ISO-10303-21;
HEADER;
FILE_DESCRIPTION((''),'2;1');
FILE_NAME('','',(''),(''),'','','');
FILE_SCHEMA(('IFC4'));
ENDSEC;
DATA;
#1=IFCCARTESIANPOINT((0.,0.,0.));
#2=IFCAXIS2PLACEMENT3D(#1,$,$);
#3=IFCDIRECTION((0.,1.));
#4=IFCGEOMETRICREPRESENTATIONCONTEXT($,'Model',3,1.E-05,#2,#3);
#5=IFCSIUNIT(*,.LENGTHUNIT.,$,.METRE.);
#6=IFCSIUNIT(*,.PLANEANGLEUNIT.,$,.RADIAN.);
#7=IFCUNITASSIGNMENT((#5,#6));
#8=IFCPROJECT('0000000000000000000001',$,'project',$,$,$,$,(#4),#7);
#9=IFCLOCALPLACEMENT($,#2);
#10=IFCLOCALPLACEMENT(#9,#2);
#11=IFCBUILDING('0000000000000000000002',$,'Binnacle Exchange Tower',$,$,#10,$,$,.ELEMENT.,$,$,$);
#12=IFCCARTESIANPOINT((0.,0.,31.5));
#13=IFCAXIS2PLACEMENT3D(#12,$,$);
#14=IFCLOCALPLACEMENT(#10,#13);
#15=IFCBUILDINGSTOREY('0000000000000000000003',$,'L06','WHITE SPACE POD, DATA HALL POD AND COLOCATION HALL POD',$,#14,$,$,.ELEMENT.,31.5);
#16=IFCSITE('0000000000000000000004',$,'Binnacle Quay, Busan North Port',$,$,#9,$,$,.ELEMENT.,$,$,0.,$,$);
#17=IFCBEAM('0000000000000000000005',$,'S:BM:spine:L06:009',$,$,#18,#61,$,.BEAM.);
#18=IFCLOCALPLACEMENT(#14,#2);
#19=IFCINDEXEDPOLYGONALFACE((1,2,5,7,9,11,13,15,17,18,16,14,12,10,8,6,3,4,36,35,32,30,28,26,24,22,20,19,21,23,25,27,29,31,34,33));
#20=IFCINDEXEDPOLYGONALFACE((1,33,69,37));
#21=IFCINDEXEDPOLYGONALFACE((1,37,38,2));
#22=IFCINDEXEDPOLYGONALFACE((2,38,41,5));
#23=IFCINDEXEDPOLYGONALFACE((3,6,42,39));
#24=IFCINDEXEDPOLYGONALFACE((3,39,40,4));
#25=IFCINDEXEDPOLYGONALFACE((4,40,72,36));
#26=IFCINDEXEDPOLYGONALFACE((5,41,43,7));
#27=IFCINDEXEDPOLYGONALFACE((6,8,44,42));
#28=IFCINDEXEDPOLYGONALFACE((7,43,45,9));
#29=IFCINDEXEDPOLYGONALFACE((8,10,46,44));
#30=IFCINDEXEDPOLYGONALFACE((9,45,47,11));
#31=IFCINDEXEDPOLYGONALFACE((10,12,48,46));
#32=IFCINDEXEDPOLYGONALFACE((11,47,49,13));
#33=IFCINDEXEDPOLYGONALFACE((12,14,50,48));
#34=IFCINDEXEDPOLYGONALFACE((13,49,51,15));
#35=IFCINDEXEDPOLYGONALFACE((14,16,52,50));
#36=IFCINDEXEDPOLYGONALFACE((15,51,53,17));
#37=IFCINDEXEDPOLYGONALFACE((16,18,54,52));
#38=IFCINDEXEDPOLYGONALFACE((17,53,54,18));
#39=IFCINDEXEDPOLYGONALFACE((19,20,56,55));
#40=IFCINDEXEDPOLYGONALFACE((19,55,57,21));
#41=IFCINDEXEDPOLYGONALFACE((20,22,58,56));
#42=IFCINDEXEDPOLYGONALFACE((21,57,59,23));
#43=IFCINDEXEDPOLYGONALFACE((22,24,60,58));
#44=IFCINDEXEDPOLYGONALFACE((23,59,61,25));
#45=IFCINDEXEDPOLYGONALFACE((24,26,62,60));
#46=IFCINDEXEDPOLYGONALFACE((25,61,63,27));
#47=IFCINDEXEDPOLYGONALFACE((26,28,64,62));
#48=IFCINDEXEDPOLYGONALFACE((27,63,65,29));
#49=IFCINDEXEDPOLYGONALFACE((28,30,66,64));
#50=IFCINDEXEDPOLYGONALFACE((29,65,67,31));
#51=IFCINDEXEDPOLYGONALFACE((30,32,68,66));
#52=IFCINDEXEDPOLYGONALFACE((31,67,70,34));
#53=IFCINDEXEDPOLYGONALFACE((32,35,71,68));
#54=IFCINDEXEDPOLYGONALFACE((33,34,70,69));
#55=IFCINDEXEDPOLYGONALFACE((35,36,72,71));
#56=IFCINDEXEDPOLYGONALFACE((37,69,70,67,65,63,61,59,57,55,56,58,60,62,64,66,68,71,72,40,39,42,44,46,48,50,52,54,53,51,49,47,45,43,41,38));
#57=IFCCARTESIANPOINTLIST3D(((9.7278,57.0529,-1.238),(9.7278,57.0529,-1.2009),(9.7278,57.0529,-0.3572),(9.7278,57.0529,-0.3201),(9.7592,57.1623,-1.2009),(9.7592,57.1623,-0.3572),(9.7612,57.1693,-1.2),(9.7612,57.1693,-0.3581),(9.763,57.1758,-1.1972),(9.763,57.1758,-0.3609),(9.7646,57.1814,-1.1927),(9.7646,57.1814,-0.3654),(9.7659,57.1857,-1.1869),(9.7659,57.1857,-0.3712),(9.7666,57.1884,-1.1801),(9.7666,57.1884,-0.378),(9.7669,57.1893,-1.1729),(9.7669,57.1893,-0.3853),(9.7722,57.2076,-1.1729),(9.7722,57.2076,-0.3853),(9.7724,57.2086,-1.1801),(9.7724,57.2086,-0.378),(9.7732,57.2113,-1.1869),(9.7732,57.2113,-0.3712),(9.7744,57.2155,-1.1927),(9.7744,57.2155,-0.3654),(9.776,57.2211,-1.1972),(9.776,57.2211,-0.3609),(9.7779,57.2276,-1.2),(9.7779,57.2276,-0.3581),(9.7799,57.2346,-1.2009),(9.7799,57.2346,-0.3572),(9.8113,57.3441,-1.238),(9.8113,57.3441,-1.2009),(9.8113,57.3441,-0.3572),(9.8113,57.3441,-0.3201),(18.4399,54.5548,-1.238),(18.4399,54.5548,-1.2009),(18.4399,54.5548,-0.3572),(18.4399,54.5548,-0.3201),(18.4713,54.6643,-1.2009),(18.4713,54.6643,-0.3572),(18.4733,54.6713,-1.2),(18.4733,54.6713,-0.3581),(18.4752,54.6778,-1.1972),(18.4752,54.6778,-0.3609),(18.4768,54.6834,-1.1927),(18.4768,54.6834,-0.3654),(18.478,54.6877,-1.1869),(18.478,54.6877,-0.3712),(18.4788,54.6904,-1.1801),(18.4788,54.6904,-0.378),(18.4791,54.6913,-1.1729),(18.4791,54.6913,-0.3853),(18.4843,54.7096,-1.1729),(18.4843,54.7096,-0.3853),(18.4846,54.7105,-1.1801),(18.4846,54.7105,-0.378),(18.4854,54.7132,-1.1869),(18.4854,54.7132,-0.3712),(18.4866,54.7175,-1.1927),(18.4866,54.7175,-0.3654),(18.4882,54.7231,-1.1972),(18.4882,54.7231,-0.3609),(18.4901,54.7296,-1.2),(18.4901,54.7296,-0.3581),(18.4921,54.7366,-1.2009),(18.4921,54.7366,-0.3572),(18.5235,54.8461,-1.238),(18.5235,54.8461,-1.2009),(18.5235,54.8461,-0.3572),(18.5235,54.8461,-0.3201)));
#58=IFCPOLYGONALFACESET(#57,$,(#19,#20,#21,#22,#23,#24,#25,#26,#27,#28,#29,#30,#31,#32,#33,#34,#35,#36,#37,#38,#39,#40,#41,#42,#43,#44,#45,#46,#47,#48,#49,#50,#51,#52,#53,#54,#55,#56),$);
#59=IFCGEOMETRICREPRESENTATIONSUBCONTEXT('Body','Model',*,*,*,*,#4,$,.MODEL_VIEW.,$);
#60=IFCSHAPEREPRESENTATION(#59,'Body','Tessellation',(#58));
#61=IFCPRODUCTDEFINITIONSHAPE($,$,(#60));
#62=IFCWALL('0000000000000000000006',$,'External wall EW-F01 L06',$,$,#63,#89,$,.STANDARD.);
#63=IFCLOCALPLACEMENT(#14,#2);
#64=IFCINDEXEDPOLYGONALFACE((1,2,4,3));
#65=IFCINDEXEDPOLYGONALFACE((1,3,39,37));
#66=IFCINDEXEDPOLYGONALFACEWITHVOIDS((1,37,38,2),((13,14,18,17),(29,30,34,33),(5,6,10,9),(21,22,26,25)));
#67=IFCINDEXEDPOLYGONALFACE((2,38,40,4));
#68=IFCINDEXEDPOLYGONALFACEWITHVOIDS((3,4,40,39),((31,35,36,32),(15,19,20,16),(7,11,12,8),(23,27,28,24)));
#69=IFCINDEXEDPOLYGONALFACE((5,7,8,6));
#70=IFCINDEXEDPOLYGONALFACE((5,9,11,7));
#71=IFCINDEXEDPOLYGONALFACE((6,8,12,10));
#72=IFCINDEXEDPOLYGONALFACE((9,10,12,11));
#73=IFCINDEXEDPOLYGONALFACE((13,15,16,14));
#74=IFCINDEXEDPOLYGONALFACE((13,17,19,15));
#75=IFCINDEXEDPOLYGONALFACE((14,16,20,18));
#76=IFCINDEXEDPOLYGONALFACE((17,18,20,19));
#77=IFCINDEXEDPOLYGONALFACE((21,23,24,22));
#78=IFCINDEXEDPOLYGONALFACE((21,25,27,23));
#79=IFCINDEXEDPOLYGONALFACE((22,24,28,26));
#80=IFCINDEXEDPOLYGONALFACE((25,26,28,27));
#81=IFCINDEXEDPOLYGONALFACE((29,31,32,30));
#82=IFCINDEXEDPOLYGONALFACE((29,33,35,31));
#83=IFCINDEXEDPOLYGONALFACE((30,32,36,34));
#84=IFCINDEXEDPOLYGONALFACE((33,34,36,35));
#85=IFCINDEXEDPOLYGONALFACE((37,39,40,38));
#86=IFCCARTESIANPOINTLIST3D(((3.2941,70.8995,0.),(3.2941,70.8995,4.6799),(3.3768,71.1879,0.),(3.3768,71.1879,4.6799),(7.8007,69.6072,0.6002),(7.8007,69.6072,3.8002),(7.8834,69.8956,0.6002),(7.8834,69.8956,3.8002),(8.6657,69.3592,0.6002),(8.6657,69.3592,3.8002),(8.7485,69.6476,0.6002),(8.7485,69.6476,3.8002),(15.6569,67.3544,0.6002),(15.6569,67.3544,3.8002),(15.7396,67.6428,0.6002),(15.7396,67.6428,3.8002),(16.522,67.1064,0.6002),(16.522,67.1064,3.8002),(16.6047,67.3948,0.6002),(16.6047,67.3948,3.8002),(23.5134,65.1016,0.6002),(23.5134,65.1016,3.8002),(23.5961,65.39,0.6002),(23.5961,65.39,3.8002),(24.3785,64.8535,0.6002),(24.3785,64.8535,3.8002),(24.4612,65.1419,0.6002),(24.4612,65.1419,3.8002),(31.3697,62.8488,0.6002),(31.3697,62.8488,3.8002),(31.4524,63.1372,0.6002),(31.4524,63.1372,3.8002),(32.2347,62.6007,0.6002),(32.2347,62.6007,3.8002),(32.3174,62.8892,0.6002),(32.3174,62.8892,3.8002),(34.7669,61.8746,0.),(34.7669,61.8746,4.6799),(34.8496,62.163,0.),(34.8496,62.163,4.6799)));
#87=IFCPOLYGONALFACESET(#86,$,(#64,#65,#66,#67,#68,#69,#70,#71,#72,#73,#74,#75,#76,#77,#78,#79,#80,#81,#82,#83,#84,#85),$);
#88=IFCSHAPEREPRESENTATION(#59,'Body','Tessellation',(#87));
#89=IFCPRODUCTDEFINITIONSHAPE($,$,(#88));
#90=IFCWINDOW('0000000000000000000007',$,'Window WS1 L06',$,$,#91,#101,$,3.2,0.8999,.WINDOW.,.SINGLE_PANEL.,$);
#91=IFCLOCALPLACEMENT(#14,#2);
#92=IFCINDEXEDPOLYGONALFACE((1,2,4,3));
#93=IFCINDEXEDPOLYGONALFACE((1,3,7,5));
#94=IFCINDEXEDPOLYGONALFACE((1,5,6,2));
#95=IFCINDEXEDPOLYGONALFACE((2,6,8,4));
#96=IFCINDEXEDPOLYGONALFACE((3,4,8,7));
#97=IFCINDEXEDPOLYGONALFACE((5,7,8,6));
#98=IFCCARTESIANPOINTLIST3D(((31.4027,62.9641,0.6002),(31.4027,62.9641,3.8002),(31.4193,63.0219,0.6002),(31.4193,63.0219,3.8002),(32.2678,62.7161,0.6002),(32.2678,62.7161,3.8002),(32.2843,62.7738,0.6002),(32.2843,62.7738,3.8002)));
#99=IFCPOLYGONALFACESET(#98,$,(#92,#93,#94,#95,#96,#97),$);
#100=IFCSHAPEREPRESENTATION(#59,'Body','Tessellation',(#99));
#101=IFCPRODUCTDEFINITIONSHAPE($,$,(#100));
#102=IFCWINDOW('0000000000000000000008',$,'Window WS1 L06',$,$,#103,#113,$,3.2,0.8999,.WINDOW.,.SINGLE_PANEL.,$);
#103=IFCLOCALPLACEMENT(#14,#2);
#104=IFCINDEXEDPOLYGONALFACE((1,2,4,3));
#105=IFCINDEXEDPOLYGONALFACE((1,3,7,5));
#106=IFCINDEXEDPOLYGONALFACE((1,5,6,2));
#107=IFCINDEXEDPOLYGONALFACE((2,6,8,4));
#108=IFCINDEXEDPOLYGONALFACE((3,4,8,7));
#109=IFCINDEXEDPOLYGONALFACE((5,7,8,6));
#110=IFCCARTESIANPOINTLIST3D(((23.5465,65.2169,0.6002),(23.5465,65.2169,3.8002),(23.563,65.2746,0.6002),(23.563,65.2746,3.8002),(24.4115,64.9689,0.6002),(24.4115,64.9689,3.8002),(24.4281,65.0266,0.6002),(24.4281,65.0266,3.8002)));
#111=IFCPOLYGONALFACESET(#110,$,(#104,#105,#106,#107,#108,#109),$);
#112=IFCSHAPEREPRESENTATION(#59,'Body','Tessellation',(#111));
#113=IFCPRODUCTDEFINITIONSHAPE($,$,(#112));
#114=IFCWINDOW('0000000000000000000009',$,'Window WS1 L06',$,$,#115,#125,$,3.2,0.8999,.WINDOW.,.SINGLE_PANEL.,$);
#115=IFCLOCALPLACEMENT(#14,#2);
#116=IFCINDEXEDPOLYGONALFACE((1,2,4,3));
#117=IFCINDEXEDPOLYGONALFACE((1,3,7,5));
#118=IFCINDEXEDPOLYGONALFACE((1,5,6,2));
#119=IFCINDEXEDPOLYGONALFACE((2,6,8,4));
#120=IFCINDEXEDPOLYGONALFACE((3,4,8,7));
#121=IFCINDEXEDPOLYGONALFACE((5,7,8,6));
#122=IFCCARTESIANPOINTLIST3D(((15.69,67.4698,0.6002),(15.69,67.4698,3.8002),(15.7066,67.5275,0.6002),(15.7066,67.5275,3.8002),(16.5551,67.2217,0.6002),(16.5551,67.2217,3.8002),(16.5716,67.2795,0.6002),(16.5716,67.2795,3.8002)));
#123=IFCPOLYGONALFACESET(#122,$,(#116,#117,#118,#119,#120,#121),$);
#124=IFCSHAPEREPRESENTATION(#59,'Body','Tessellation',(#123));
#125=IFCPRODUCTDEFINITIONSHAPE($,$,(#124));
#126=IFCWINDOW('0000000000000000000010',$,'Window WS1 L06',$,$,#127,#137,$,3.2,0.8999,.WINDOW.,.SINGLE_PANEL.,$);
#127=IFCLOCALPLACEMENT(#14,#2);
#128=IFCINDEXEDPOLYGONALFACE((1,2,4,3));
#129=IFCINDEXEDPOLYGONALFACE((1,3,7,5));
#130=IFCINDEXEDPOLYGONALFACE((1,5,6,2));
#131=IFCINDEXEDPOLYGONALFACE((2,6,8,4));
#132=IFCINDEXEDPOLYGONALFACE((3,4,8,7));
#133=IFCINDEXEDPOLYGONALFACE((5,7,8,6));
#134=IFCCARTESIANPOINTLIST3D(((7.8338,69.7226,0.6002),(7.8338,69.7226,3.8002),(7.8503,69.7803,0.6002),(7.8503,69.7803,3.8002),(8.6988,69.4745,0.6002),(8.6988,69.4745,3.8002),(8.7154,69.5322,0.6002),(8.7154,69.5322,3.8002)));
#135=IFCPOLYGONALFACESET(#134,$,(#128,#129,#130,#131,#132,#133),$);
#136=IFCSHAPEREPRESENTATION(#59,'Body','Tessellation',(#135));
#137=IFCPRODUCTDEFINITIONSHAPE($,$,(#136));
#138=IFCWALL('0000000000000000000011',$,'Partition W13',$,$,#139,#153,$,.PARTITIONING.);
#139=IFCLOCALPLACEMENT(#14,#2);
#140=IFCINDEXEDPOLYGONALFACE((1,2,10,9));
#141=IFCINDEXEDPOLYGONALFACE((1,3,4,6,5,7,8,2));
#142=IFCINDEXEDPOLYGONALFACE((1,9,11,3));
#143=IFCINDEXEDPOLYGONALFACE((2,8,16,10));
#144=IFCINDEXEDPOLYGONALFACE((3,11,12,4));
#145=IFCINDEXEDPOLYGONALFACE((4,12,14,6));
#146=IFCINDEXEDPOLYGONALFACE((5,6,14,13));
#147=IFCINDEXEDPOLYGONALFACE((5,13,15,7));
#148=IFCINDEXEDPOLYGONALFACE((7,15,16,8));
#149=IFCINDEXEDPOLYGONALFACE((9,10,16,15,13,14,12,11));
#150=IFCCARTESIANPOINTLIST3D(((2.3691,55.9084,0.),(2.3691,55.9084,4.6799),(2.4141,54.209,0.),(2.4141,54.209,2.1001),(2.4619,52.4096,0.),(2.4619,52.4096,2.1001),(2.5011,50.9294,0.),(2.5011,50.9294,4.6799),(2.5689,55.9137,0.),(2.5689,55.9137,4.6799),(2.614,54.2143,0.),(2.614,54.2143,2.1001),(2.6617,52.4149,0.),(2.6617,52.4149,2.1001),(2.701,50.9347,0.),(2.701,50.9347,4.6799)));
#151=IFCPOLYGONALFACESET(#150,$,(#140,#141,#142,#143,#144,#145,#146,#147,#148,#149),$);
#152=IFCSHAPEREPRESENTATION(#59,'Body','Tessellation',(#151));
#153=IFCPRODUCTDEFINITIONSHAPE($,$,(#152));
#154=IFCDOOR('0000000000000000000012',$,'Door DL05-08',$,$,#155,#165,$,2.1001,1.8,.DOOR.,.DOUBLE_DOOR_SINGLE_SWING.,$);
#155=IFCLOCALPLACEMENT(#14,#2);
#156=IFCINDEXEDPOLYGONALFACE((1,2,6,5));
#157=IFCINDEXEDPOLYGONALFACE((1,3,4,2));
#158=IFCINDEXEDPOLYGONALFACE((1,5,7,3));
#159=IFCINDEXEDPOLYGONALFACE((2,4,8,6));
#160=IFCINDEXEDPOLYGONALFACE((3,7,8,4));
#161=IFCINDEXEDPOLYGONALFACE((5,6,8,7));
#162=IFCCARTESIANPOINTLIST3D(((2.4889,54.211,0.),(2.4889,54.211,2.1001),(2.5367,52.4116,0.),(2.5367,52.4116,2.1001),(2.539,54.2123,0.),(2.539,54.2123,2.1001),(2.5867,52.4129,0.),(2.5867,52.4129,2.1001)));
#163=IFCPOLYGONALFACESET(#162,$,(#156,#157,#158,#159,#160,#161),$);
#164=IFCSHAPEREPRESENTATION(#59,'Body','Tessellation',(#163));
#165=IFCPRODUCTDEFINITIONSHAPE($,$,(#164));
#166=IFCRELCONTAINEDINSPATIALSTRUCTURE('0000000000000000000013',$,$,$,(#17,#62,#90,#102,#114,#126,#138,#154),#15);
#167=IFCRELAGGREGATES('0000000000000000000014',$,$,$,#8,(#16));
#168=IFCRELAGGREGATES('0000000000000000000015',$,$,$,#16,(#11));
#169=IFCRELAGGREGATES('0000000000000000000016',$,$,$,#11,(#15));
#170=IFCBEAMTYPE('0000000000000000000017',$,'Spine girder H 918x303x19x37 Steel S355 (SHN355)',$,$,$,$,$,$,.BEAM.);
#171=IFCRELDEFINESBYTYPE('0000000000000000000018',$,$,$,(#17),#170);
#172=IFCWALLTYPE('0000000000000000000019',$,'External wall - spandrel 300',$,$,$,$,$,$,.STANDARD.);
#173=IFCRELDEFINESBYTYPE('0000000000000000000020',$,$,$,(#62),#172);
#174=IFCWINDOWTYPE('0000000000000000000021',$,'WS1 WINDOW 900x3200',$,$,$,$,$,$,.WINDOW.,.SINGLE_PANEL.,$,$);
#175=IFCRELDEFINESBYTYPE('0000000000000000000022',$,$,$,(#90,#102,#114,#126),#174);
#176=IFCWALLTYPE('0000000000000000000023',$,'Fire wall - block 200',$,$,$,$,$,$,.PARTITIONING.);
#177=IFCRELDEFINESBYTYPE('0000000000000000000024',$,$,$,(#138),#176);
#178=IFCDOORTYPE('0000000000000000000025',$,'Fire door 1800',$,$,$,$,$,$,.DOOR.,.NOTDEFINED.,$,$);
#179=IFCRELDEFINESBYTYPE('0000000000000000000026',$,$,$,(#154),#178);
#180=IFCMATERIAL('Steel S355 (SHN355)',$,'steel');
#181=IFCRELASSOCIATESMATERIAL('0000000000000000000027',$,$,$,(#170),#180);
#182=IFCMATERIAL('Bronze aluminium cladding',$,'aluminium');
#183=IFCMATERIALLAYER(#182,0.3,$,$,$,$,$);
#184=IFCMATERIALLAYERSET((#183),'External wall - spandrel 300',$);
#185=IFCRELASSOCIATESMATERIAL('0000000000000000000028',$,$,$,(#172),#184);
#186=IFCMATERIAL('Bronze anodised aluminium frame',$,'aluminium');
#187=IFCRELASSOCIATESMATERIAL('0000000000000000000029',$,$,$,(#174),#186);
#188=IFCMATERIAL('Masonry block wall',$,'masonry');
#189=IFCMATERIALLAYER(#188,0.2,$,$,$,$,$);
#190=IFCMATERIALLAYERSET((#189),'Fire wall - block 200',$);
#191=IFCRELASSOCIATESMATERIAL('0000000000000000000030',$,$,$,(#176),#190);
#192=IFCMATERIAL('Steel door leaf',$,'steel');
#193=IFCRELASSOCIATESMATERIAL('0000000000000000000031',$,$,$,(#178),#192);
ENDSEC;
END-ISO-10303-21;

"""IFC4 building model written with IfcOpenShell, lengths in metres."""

from ifc_helpers import new_model, si_unit, direction, frame, frame_2d, origin, origin_2d, place, context, subcontext, project, spatial, rectangle, i_section, extrude, material, layer, layer_set, material_profile, profile_set, type_object, element, fill, save


model = new_model("IFC4")

# Units and contexts
model_context = context("Model", 3, precision=1e-05, world=origin(), true_north=direction((0.0, 1.0)))
body_context = subcontext(model_context, "Body", "Model", "MODEL_VIEW")
ifc_project = project(units=[si_unit("LENGTHUNIT", "METRE"), si_unit("PLANEANGLEUNIT", "RADIAN")], contexts=[model_context])

# Site, building, storey
site_placement = place(None, origin())
site = spatial("IfcSite", under=ifc_project, at=site_placement, Name="Binnacle Quay, Busan North Port", CompositionType="ELEMENT", RefElevation=0.0)
building_placement = place(site_placement, origin())
building = spatial("IfcBuilding", under=site, at=building_placement, Name="Binnacle Exchange Tower", CompositionType="ELEMENT")
storey_placement = place(building_placement, frame((0.0, 0.0, 31.5)))
storey = spatial("IfcBuildingStorey", under=building, at=storey_placement, Name="L06", Description="WHITE SPACE POD, DATA HALL POD AND COLOCATION HALL POD", CompositionType="ELEMENT", Elevation=31.5)

# Beam
ifc_material_1 = material(Name="Steel S355 (SHN355)", Category="steel")
ifc_material_profile_1 = material_profile(ifc_material_1, i_section(OverallWidth=0.303, OverallDepth=0.918, WebThickness=0.019, FlangeThickness=0.0371, FilletRadius=0.0281, at=origin_2d()), Name="H 918x303x19x37")
ifc_profile_set_1 = profile_set([ifc_material_profile_1], Name="Steel S355 (SHN355)")
beam_type_1 = type_object("IfcBeamType", Name="Spine girder H 918x303x19x37 Steel S355 (SHN355)", PredefinedType="BEAM", material=ifc_profile_set_1)
beam_1_placement = place(storey_placement, frame((9.7695, 57.1985, -0.7791), z_axis=(0.961265, -0.275625, 0.0), x_axis=(0.275625, 0.961265, 0.0)))
element("IfcBeam", 1, at=beam_1_placement, inside=storey, type_object=beam_type_1, Name="S:BM:spine:L06:009", PredefinedType="BEAM", context=body_context, shape_type="SweptSolid", body=[
    extrude(i_section(OverallWidth=0.303, OverallDepth=0.918, WebThickness=0.019, FlangeThickness=0.0371, FilletRadius=0.0281, at=origin_2d()), origin(), (0.0, 0.0, 1.0), 9.0632),
])

# Wall, openings, windows
ifc_material_2 = material(Name="Bronze aluminium cladding", Category="aluminium")
ifc_layer_1 = layer(ifc_material_2, 0.3)
ifc_layer_set_1 = layer_set([ifc_layer_1], Name="External wall - spandrel 300")
wall_type_1 = type_object("IfcWallType", Name="External wall - spandrel 300", PredefinedType="STANDARD", material=ifc_layer_set_1)
wall_1_placement = place(storey_placement, frame((3.3354, 71.0437, 0.0), z_axis=(0.0, 0.0, 1.0), x_axis=(0.96126, -0.275643, 0.0)))
wall_1 = element("IfcWall", 2, at=wall_1_placement, inside=storey, type_object=wall_type_1, Name="External wall EW-F01 L06", PredefinedType="STANDARD", context=body_context, shape_type="SweptSolid", body=[
    extrude(rectangle(XDim=32.7412, YDim=0.3, at=frame_2d((16.3706, 0.0))), origin(), (0.0, 0.0, 1.0), 4.6799),
])
opening_1_placement = place(wall_1_placement, frame((29.207, 0.0, 0.6001)))
opening_1 = element("IfcOpeningElement", 3, at=opening_1_placement, cuts=wall_1, PredefinedType="OPENING", context=body_context, shape_type="SweptSolid", body=[
    extrude(rectangle(XDim=0.8999, YDim=3.2, at=frame_2d((0.45, 1.6001))), frame((0.0, 0.1599, 0.0), z_axis=(0.0, -1.0, 0.0), x_axis=(1.0, 0.0, 0.0)), (0.0, 0.0, 1.0), 0.3201),
])
opening_2_placement = place(wall_1_placement, frame((21.0342, 0.0, 0.6001)))
opening_2 = element("IfcOpeningElement", 4, at=opening_2_placement, cuts=wall_1, PredefinedType="OPENING", context=body_context, shape_type="SweptSolid", body=[
    extrude(rectangle(XDim=0.8999, YDim=3.2, at=frame_2d((0.45, 1.6001))), frame((0.0, 0.1599, 0.0), z_axis=(0.0, -1.0, 0.0), x_axis=(1.0, 0.0, 0.0)), (0.0, 0.0, 1.0), 0.3201),
])
opening_3_placement = place(wall_1_placement, frame((12.8611, 0.0, 0.6001)))
opening_3 = element("IfcOpeningElement", 5, at=opening_3_placement, cuts=wall_1, PredefinedType="OPENING", context=body_context, shape_type="SweptSolid", body=[
    extrude(rectangle(XDim=0.8999, YDim=3.2, at=frame_2d((0.45, 1.6001))), frame((0.0, 0.1599, 0.0), z_axis=(0.0, -1.0, 0.0), x_axis=(1.0, 0.0, 0.0)), (0.0, 0.0, 1.0), 0.3201),
])
opening_4_placement = place(wall_1_placement, frame((4.6882, 0.0, 0.6001)))
opening_4 = element("IfcOpeningElement", 6, at=opening_4_placement, cuts=wall_1, PredefinedType="OPENING", context=body_context, shape_type="SweptSolid", body=[
    extrude(rectangle(XDim=0.8999, YDim=3.2, at=frame_2d((0.45, 1.6001))), frame((0.0, 0.1599, 0.0), z_axis=(0.0, -1.0, 0.0), x_axis=(1.0, 0.0, 0.0)), (0.0, 0.0, 1.0), 0.3201),
])
ifc_material_3 = material(Name="Bronze anodised aluminium frame", Category="aluminium")
window_type = type_object("IfcWindowType", Name="WS1 WINDOW 900x3200", PartitioningType="SINGLE_PANEL", PredefinedType="WINDOW", material=ifc_material_3)
window_1_placement = place(opening_1_placement, origin())
window_1 = element("IfcWindow", 7, at=window_1_placement, inside=storey, type_object=window_type, Name="Window WS1 L06", OverallHeight=3.2, OverallWidth=0.8999, PartitioningType="SINGLE_PANEL", PredefinedType="WINDOW", context=body_context, shape_type="SweptSolid", body=[
    extrude(rectangle(XDim=0.8999, YDim=3.2, at=frame_2d((0.45, 1.6001))), frame((0.0, 0.03, 0.0), z_axis=(0.0, -1.0, 0.0), x_axis=(1.0, 0.0, 0.0)), (0.0, 0.0, 1.0), 0.0601),
])
fill(opening_1, window_1)
window_2_placement = place(opening_2_placement, origin())
window_2 = element("IfcWindow", 8, at=window_2_placement, inside=storey, type_object=window_type, Name="Window WS1 L06", OverallHeight=3.2, OverallWidth=0.8999, PartitioningType="SINGLE_PANEL", PredefinedType="WINDOW", context=body_context, shape_type="SweptSolid", body=[
    extrude(rectangle(XDim=0.8999, YDim=3.2, at=frame_2d((0.45, 1.6001))), frame((0.0, 0.03, 0.0), z_axis=(0.0, -1.0, 0.0), x_axis=(1.0, 0.0, 0.0)), (0.0, 0.0, 1.0), 0.0601),
])
fill(opening_2, window_2)
window_3_placement = place(opening_3_placement, origin())
window_3 = element("IfcWindow", 9, at=window_3_placement, inside=storey, type_object=window_type, Name="Window WS1 L06", OverallHeight=3.2, OverallWidth=0.8999, PartitioningType="SINGLE_PANEL", PredefinedType="WINDOW", context=body_context, shape_type="SweptSolid", body=[
    extrude(rectangle(XDim=0.8999, YDim=3.2, at=frame_2d((0.45, 1.6001))), frame((0.0, 0.03, 0.0), z_axis=(0.0, -1.0, 0.0), x_axis=(1.0, 0.0, 0.0)), (0.0, 0.0, 1.0), 0.0601),
])
fill(opening_3, window_3)
window_4_placement = place(opening_4_placement, origin())
window_4 = element("IfcWindow", 10, at=window_4_placement, inside=storey, type_object=window_type, Name="Window WS1 L06", OverallHeight=3.2, OverallWidth=0.8999, PartitioningType="SINGLE_PANEL", PredefinedType="WINDOW", context=body_context, shape_type="SweptSolid", body=[
    extrude(rectangle(XDim=0.8999, YDim=3.2, at=frame_2d((0.45, 1.6001))), frame((0.0, 0.03, 0.0), z_axis=(0.0, -1.0, 0.0), x_axis=(1.0, 0.0, 0.0)), (0.0, 0.0, 1.0), 0.0601),
])
fill(opening_4, window_4)

# Wall, opening, door
ifc_material_4 = material(Name="Masonry block wall", Category="masonry")
ifc_layer_2 = layer(ifc_material_4, 0.2)
ifc_layer_set_2 = layer_set([ifc_layer_2], Name="Fire wall - block 200")
wall_type_2 = type_object("IfcWallType", Name="Fire wall - block 200", PredefinedType="PARTITIONING", material=ifc_layer_set_2)
wall_2_placement = place(storey_placement, frame((2.469, 55.9109, 0.0), z_axis=(0.0, 0.0, 1.0), x_axis=(0.026518, -0.999648, 0.0)))
wall_2 = element("IfcWall", 11, at=wall_2_placement, inside=storey, type_object=wall_type_2, Name="Partition W13", PredefinedType="PARTITIONING", context=body_context, shape_type="SweptSolid", body=[
    extrude(rectangle(XDim=4.9807, YDim=0.2, at=frame_2d((2.4902, 0.0))), origin(), (0.0, 0.0, 1.0), 4.6799),
])
opening_5_placement = place(wall_2_placement, frame((1.7, 0.0, 0.0)))
opening_5 = element("IfcOpeningElement", 12, at=opening_5_placement, cuts=wall_2, PredefinedType="OPENING", context=body_context, shape_type="SweptSolid", body=[
    extrude(rectangle(XDim=1.8, YDim=2.1001, at=frame_2d((0.8999, 1.05))), frame((0.0, 0.1099, 0.0), z_axis=(0.0, -1.0, 0.0), x_axis=(1.0, 0.0, 0.0)), (0.0, 0.0, 1.0), 0.22),
])
ifc_material_5 = material(Name="Steel door leaf", Category="steel")
door_type = type_object("IfcDoorType", Name="Fire door 1800", OperationType="NOTDEFINED", PredefinedType="DOOR", material=ifc_material_5)
door_placement = place(opening_5_placement, origin())
door = element("IfcDoor", 13, at=door_placement, inside=storey, type_object=door_type, Name="Door DL05-08", OperationType="DOUBLE_DOOR_SINGLE_SWING", OverallHeight=2.1001, OverallWidth=1.8, PredefinedType="DOOR", context=body_context, shape_type="SweptSolid", body=[
    extrude(rectangle(XDim=1.8, YDim=2.1001, at=frame_2d((0.8999, 1.05))), frame((0.0, 0.0249, 0.0), z_axis=(0.0, -1.0, 0.0), x_axis=(1.0, 0.0, 0.0)), (0.0, 0.0, 1.0), 0.05),
])
fill(opening_5, door)

save(model, "model.ifc")
